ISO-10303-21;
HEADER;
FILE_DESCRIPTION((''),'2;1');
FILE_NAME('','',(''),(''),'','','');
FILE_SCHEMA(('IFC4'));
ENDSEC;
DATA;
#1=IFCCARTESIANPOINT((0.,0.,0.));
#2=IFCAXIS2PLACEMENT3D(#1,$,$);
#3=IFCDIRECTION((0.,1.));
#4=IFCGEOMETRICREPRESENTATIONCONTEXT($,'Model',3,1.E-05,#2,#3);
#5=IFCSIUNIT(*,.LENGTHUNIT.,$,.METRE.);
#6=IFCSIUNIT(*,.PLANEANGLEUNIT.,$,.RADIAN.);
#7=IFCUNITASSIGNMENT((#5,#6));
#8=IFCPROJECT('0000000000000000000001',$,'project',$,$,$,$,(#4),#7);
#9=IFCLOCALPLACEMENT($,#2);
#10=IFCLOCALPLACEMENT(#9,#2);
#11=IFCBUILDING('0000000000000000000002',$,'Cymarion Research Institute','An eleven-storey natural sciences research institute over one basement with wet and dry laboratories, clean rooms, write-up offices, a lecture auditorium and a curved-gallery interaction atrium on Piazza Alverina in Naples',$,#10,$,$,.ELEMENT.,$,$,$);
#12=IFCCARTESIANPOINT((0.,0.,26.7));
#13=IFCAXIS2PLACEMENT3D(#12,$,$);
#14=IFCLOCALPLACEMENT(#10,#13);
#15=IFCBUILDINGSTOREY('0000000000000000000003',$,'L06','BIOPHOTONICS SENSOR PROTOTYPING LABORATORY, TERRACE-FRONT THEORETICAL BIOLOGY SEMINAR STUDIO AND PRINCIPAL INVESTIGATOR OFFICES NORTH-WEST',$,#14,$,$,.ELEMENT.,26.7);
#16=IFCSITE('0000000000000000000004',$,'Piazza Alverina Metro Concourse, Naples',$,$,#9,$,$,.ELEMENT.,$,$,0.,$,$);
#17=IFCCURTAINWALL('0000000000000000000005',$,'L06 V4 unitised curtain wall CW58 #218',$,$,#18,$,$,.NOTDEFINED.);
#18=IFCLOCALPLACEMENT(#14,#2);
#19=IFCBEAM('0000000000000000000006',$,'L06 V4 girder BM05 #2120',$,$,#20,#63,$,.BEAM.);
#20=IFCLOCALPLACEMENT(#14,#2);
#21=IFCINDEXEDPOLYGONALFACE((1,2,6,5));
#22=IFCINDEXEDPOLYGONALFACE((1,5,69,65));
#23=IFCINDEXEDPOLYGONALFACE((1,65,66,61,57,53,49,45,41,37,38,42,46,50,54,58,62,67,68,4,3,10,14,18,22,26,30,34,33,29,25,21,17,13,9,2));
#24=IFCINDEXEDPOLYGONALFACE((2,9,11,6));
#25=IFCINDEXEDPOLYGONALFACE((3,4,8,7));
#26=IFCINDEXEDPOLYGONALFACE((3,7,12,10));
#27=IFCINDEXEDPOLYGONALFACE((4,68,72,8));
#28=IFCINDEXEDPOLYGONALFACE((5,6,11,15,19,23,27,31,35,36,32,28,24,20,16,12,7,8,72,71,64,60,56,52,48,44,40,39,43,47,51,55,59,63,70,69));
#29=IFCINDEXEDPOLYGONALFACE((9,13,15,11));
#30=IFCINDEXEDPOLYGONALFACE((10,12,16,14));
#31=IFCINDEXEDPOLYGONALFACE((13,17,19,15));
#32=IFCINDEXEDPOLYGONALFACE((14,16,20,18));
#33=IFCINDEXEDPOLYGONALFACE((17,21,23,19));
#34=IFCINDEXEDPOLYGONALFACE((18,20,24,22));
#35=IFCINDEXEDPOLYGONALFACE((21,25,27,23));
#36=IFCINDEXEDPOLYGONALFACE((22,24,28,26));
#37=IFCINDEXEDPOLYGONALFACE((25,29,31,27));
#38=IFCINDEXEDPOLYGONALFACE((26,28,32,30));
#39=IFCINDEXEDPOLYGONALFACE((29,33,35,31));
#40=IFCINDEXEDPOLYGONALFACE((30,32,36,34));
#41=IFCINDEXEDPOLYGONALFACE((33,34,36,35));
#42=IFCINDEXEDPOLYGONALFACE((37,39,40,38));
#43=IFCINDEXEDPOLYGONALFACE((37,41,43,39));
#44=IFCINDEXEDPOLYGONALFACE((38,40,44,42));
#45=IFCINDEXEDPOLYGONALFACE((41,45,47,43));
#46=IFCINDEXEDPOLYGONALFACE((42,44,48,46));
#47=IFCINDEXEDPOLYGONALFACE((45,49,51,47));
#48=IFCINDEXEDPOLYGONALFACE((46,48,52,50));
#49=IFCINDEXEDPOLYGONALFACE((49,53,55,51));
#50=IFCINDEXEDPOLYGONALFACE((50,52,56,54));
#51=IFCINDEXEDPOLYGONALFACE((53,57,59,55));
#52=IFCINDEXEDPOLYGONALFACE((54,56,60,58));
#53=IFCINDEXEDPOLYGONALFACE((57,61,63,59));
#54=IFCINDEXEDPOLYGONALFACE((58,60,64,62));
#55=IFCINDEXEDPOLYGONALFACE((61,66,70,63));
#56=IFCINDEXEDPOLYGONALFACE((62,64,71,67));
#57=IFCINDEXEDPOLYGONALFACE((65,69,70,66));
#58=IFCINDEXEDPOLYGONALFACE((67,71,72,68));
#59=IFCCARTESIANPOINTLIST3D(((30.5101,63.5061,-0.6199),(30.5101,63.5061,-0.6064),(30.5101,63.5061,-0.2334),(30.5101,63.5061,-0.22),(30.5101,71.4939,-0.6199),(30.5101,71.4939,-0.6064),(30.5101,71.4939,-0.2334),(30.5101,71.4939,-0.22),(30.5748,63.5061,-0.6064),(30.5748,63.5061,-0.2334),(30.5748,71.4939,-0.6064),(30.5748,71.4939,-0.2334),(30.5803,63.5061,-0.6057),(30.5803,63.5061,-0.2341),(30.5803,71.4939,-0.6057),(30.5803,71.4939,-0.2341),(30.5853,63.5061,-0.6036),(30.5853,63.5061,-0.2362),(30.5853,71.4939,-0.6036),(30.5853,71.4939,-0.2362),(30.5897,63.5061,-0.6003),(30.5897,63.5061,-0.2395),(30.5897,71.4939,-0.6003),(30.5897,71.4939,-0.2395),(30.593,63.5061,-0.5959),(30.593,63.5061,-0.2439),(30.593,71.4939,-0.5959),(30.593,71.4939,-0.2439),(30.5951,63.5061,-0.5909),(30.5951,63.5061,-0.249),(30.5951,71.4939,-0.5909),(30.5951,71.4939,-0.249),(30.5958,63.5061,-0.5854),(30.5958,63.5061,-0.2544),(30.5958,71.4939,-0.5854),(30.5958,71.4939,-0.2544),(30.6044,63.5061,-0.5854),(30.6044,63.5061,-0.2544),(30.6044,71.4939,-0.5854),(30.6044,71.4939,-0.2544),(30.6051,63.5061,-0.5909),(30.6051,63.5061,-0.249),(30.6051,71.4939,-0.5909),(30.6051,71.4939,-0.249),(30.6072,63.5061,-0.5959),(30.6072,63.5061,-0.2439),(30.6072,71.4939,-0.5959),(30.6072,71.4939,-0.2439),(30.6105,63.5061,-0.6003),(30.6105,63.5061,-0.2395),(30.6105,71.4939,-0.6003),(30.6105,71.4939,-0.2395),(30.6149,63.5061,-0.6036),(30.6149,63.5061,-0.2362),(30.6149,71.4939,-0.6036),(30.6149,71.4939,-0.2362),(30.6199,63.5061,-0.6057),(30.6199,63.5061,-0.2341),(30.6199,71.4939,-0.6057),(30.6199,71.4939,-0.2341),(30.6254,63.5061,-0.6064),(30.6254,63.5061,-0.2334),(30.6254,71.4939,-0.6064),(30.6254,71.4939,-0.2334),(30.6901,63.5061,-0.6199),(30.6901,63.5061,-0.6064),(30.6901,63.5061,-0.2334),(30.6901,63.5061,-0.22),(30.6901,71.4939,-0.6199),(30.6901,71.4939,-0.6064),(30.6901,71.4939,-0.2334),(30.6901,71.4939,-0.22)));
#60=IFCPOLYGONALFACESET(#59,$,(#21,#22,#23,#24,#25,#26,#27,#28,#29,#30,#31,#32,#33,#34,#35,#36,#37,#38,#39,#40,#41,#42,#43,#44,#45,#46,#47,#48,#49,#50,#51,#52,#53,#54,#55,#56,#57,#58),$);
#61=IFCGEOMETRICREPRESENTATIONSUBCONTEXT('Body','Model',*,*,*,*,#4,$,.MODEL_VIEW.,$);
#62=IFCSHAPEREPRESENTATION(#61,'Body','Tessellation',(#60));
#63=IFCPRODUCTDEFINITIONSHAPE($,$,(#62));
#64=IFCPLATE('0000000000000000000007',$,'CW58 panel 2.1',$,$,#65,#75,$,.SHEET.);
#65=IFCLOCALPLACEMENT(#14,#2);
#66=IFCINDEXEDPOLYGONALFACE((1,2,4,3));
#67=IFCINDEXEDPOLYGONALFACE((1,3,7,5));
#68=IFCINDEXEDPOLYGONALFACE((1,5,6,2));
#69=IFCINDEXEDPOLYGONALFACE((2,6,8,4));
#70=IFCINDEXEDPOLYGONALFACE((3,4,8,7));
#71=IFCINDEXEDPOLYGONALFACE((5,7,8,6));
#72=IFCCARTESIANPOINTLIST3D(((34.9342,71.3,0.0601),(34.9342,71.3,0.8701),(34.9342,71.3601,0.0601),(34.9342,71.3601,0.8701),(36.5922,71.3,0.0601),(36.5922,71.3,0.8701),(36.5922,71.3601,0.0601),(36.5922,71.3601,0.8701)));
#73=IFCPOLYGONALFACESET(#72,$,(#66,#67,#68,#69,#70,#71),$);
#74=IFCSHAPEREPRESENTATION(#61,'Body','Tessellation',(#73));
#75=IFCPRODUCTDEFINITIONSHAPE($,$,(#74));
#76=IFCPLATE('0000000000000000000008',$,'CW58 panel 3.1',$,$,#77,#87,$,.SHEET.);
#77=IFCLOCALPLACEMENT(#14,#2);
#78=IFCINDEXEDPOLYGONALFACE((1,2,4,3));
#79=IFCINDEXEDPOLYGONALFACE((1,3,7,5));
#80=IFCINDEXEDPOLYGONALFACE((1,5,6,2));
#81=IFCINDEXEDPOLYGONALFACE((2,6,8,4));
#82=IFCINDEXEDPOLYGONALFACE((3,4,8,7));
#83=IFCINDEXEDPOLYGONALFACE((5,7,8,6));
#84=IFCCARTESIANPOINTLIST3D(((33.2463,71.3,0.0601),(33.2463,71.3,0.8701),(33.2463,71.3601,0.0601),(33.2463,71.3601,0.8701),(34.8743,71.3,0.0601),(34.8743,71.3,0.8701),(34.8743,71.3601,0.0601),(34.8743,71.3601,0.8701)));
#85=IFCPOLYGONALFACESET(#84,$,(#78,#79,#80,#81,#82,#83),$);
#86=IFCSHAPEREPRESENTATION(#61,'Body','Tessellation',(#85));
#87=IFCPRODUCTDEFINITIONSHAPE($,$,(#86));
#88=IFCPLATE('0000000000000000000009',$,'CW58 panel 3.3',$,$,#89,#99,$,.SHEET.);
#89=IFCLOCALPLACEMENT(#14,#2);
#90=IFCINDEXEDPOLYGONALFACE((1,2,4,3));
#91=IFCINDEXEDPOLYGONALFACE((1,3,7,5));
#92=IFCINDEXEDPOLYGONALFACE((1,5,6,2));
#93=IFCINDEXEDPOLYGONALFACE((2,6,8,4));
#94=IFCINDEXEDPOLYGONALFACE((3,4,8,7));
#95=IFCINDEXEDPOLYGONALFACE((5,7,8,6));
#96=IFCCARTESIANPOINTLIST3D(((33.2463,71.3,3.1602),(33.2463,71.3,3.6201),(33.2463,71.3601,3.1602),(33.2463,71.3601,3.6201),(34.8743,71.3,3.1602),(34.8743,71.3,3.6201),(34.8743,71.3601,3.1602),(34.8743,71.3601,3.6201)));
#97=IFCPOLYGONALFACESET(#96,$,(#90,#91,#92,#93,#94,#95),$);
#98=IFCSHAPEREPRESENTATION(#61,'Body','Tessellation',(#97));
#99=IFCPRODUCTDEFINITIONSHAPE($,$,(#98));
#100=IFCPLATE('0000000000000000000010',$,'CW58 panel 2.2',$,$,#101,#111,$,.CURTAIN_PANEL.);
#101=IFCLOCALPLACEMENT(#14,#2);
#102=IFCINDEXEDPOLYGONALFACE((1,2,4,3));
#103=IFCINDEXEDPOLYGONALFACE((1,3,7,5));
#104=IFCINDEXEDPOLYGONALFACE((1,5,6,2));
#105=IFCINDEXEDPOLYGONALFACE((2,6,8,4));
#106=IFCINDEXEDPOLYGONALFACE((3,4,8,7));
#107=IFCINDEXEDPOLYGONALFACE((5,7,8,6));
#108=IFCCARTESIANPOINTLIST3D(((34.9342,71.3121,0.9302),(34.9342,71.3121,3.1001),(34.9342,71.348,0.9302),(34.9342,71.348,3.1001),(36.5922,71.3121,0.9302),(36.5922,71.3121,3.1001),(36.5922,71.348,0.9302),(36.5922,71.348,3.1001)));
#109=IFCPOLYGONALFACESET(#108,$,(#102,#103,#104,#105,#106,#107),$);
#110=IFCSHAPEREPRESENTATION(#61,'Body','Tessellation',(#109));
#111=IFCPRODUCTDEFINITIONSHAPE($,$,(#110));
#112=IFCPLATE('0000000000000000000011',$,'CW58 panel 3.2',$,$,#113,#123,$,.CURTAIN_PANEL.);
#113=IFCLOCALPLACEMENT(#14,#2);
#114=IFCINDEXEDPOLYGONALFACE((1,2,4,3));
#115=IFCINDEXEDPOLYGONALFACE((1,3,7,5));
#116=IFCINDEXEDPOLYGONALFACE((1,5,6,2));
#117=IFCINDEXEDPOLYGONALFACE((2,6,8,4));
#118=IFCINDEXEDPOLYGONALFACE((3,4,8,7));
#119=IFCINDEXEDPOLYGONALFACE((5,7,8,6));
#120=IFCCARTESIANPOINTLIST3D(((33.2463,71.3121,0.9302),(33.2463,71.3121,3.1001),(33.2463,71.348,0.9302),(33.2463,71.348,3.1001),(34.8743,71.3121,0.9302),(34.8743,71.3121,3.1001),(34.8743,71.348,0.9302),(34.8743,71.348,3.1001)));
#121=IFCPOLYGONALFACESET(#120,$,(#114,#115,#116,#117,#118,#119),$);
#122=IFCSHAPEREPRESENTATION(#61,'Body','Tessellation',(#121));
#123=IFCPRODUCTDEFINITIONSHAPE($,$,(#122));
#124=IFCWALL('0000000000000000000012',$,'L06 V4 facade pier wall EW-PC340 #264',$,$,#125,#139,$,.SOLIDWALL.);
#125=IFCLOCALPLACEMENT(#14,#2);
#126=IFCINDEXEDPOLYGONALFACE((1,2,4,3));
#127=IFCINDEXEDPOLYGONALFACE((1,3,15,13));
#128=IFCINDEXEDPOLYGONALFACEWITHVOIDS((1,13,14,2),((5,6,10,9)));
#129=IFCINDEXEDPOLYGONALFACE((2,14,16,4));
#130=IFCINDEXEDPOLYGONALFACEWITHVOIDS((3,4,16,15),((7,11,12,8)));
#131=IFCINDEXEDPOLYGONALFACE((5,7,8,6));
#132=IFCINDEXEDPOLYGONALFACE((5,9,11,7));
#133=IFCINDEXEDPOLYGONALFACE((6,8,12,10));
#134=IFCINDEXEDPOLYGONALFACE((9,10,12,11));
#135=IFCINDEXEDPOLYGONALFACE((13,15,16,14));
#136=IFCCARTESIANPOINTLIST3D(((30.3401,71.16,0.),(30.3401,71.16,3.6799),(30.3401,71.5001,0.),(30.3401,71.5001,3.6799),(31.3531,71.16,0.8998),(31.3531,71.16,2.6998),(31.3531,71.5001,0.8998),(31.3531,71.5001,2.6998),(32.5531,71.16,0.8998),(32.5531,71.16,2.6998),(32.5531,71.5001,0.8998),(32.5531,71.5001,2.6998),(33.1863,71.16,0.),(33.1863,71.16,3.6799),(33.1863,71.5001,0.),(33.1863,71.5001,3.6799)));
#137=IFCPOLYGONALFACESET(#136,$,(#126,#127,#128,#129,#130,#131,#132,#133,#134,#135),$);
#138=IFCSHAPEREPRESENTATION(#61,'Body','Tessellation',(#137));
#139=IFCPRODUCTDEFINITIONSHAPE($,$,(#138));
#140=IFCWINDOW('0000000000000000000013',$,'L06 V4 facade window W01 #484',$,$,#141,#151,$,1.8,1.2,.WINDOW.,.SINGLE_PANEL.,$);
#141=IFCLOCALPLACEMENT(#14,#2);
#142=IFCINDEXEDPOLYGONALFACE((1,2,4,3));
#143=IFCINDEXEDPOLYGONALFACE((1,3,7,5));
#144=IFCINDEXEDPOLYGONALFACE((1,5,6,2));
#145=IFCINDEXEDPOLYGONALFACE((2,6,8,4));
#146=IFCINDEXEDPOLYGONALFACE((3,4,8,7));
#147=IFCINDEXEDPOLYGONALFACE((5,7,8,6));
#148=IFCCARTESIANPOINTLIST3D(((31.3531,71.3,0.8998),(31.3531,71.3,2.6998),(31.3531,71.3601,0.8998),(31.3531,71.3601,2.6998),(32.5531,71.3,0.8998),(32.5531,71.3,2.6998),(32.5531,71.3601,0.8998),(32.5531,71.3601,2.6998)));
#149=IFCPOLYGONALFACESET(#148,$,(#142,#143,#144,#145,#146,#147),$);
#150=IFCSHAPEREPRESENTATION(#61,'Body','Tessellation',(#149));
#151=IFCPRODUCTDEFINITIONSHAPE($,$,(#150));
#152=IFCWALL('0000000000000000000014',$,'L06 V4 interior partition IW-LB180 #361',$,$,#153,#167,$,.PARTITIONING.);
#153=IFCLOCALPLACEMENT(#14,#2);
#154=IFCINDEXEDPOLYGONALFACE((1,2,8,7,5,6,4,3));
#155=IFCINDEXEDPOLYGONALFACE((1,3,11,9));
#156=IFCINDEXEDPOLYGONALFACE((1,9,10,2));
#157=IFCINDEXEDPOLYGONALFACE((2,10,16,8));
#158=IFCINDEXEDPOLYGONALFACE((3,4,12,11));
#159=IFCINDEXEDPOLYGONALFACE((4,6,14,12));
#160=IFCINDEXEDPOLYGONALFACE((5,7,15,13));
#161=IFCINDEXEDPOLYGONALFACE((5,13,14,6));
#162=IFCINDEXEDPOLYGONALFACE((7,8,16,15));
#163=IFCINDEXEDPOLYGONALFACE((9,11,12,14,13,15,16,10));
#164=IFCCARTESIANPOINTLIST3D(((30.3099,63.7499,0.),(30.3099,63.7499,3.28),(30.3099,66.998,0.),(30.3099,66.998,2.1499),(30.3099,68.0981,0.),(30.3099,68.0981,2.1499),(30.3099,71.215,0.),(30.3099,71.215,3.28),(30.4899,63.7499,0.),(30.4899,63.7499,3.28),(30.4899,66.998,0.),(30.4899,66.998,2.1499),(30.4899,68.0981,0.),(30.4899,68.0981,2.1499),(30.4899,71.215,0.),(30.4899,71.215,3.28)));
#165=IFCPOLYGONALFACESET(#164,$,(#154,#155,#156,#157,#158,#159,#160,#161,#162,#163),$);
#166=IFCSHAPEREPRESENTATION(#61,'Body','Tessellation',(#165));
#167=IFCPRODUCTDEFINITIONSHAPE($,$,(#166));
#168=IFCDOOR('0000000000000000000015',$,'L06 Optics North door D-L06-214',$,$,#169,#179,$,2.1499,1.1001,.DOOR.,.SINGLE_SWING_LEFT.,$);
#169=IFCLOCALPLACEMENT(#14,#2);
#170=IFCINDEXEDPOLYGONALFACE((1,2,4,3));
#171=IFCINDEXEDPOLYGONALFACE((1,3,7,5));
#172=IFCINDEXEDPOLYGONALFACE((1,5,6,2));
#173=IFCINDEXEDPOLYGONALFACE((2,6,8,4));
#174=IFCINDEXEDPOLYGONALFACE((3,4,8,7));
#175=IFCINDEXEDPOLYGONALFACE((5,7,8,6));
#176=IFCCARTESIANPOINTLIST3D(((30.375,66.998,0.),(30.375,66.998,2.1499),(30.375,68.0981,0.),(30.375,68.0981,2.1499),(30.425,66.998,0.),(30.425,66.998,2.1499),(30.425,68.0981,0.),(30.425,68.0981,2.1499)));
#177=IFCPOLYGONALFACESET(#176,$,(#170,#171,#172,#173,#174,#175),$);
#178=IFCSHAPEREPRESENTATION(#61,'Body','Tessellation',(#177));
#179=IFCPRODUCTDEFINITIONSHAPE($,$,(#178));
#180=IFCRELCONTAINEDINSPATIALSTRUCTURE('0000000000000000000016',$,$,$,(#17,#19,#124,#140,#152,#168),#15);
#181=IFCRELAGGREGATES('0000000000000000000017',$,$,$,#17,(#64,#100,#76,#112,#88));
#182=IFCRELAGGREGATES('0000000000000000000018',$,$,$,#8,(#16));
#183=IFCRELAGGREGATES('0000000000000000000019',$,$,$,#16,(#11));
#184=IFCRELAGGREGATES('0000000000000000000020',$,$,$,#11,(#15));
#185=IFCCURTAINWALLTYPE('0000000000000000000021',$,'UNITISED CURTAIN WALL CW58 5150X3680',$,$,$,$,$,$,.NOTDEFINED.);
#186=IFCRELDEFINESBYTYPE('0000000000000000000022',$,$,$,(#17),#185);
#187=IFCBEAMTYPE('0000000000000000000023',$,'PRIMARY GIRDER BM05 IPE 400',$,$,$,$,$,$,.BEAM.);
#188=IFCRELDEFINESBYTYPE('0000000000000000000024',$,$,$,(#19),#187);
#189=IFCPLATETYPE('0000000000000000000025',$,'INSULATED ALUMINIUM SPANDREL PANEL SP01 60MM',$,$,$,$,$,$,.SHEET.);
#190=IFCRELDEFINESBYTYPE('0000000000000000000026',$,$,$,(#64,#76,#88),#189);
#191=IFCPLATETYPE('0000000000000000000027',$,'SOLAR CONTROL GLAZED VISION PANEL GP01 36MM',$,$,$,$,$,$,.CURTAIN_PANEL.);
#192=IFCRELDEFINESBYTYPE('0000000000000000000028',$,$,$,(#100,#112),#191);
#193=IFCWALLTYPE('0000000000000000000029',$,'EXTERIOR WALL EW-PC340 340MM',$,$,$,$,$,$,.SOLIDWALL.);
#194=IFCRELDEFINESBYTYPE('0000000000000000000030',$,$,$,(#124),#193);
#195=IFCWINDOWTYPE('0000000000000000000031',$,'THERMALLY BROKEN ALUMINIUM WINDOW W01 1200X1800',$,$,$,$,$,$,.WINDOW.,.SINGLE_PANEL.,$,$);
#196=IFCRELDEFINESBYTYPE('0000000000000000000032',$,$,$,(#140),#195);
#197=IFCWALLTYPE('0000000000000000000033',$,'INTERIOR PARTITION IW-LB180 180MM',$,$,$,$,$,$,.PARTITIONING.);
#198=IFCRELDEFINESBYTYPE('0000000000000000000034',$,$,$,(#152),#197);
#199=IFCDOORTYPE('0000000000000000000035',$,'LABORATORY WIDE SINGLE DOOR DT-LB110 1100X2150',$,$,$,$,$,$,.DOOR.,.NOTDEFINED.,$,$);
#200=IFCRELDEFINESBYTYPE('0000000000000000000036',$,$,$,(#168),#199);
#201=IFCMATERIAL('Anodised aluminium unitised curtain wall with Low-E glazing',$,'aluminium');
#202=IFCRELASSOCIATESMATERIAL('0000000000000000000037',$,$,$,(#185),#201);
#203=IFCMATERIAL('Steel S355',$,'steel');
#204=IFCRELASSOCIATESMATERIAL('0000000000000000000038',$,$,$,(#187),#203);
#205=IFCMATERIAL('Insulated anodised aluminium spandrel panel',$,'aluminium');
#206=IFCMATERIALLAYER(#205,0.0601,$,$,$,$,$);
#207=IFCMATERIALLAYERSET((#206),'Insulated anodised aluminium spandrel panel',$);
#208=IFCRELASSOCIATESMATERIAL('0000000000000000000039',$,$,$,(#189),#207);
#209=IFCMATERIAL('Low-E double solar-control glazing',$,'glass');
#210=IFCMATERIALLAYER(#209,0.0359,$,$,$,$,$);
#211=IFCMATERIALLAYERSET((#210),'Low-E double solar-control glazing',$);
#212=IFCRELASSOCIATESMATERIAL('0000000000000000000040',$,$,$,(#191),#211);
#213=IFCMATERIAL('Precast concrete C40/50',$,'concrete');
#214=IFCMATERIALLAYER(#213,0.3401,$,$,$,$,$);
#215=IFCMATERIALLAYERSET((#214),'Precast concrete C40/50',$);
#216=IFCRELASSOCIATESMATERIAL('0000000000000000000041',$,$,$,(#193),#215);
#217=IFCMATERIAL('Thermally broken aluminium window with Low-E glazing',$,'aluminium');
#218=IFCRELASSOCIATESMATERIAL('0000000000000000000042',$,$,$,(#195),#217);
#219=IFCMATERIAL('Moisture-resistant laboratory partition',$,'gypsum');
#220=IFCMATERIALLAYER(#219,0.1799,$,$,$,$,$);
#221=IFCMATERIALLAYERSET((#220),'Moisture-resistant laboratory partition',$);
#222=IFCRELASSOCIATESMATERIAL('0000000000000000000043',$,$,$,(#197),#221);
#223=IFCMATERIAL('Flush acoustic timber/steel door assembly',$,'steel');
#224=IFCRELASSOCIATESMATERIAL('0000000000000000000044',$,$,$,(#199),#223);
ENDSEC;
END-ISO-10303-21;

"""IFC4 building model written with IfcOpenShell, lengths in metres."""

from ifc_helpers import new_model, si_unit, direction, frame, frame_2d, origin, origin_2d, place, context, subcontext, project, spatial, rectangle, i_section, extrude, material, layer, layer_set, material_profile, profile_set, type_object, element, fill, aggregate, save


model = new_model("IFC4")

# Units and contexts
model_context = context("Model", 3, precision=1e-05, world=origin(), true_north=direction((0.0, 1.0)))
body_context = subcontext(model_context, "Body", "Model", "MODEL_VIEW")
ifc_project = project(units=[si_unit("LENGTHUNIT", "METRE"), si_unit("PLANEANGLEUNIT", "RADIAN")], contexts=[model_context])

# Site, building, storey
site_placement = place(None, origin())
site = spatial("IfcSite", under=ifc_project, at=site_placement, Name="Piazza Alverina Metro Concourse, Naples", CompositionType="ELEMENT", RefElevation=0.0)
building_placement = place(site_placement, origin())
building = spatial("IfcBuilding", under=site, at=building_placement, Name="Cymarion Research Institute", Description="An eleven-storey natural sciences research institute over one basement with wet and dry laboratories, clean rooms, write-up offices, a lecture auditorium and a curved-gallery interaction atrium on Piazza Alverina in Naples", CompositionType="ELEMENT")
storey_placement = place(building_placement, frame((0.0, 0.0, 26.7)))
storey = spatial("IfcBuildingStorey", under=building, at=storey_placement, Name="L06", Description="BIOPHOTONICS SENSOR PROTOTYPING LABORATORY, TERRACE-FRONT THEORETICAL BIOLOGY SEMINAR STUDIO AND PRINCIPAL INVESTIGATOR OFFICES NORTH-WEST", CompositionType="ELEMENT", Elevation=26.7)

# Curtain wall
ifc_material_1 = material(Name="Anodised aluminium unitised curtain wall with Low-E glazing", Category="aluminium")
curtain_wall_type = type_object("IfcCurtainWallType", Name="UNITISED CURTAIN WALL CW58 5150X3680", PredefinedType="NOTDEFINED", material=ifc_material_1)
curtain_wall_placement = place(storey_placement, origin())
curtain_wall = element("IfcCurtainWall", 1, at=curtain_wall_placement, inside=storey, type_object=curtain_wall_type, Name="L06 V4 unitised curtain wall CW58 #218", PredefinedType="NOTDEFINED")

# Beam
ifc_material_2 = material(Name="Steel S355", Category="steel")
ifc_material_profile_1 = material_profile(ifc_material_2, i_section(OverallWidth=0.1799, OverallDepth=0.3999, WebThickness=0.0085, FlangeThickness=0.0134, FilletRadius=0.021, at=origin_2d()), Name="IPE 400")
ifc_profile_set_1 = profile_set([ifc_material_profile_1], Name="Steel S355")
beam_type_1 = type_object("IfcBeamType", Name="PRIMARY GIRDER BM05 IPE 400", PredefinedType="BEAM", material=ifc_profile_set_1)
beam_1_placement = place(storey_placement, frame((30.6001, 63.5061, -0.4199), z_axis=(0.0, 1.0, 0.0), x_axis=(-1.0, 0.0, 0.0)))
element("IfcBeam", 2, at=beam_1_placement, inside=storey, type_object=beam_type_1, Name="L06 V4 girder BM05 #2120", PredefinedType="BEAM", context=body_context, shape_type="SweptSolid", body=[
    extrude(i_section(OverallWidth=0.1799, OverallDepth=0.3999, WebThickness=0.0085, FlangeThickness=0.0134, FilletRadius=0.021, at=origin_2d()), origin(), (0.0, 0.0, 1.0), 7.9878),
])

# Plates
ifc_material_3 = material(Name="Insulated anodised aluminium spandrel panel", Category="aluminium")
ifc_layer_1 = layer(ifc_material_3, 0.0601)
ifc_layer_set_1 = layer_set([ifc_layer_1], Name="Insulated anodised aluminium spandrel panel")
plate_type_1 = type_object("IfcPlateType", Name="INSULATED ALUMINIUM SPANDREL PANEL SP01 60MM", PredefinedType="SHEET", material=ifc_layer_set_1)
plate_1_placement = place(storey_placement, frame((35.7632, 71.3301, 0.0601), z_axis=(0.0, 0.0, 1.0), x_axis=(-1.0, 0.0, 0.0)))
plate_1 = element("IfcPlate", 3, at=plate_1_placement, type_object=plate_type_1, Name="CW58 panel 2.1", PredefinedType="SHEET", context=body_context, shape_type="SweptSolid", body=[
    extrude(rectangle(XDim=1.658, YDim=0.0601, at=origin_2d()), origin(), (0.0, 0.0, 1.0), 0.8101),
])
plate_2_placement = place(storey_placement, frame((34.0603, 71.3301, 0.0601), z_axis=(0.0, 0.0, 1.0), x_axis=(-1.0, 0.0, 0.0)))
plate_2 = element("IfcPlate", 4, at=plate_2_placement, type_object=plate_type_1, Name="CW58 panel 3.1", PredefinedType="SHEET", context=body_context, shape_type="SweptSolid", body=[
    extrude(rectangle(XDim=1.6279, YDim=0.0601, at=origin_2d()), origin(), (0.0, 0.0, 1.0), 0.8101),
])
plate_3_placement = place(storey_placement, frame((34.0603, 71.3301, 3.1602), z_axis=(0.0, 0.0, 1.0), x_axis=(-1.0, 0.0, 0.0)))
plate_3 = element("IfcPlate", 5, at=plate_3_placement, type_object=plate_type_1, Name="CW58 panel 3.3", PredefinedType="SHEET", context=body_context, shape_type="SweptSolid", body=[
    extrude(rectangle(XDim=1.6279, YDim=0.0601, at=origin_2d()), origin(), (0.0, 0.0, 1.0), 0.46),
])
ifc_material_4 = material(Name="Low-E double solar-control glazing", Category="glass")
ifc_layer_2 = layer(ifc_material_4, 0.0359)
ifc_layer_set_2 = layer_set([ifc_layer_2], Name="Low-E double solar-control glazing")
plate_type_2 = type_object("IfcPlateType", Name="SOLAR CONTROL GLAZED VISION PANEL GP01 36MM", PredefinedType="CURTAIN_PANEL", material=ifc_layer_set_2)
plate_4_placement = place(storey_placement, frame((35.7632, 71.3301, 0.9302), z_axis=(0.0, 0.0, 1.0), x_axis=(-1.0, 0.0, 0.0)))
plate_4 = element("IfcPlate", 6, at=plate_4_placement, type_object=plate_type_2, Name="CW58 panel 2.2", PredefinedType="CURTAIN_PANEL", context=body_context, shape_type="SweptSolid", body=[
    extrude(rectangle(XDim=1.658, YDim=0.0359, at=origin_2d()), origin(), (0.0, 0.0, 1.0), 2.1699),
])
plate_5_placement = place(storey_placement, frame((34.0603, 71.3301, 0.9302), z_axis=(0.0, 0.0, 1.0), x_axis=(-1.0, 0.0, 0.0)))
plate_5 = element("IfcPlate", 7, at=plate_5_placement, type_object=plate_type_2, Name="CW58 panel 3.2", PredefinedType="CURTAIN_PANEL", context=body_context, shape_type="SweptSolid", body=[
    extrude(rectangle(XDim=1.6279, YDim=0.0359, at=origin_2d()), origin(), (0.0, 0.0, 1.0), 2.1699),
])
aggregate(curtain_wall, [plate_1, plate_4, plate_2, plate_5, plate_3])

# Wall, opening, window
ifc_material_5 = material(Name="Precast concrete C40/50", Category="concrete")
ifc_layer_3 = layer(ifc_material_5, 0.3401)
ifc_layer_set_3 = layer_set([ifc_layer_3], Name="Precast concrete C40/50")
wall_type_1 = type_object("IfcWallType", Name="EXTERIOR WALL EW-PC340 340MM", PredefinedType="SOLIDWALL", material=ifc_layer_set_3)
wall_1_placement = place(storey_placement, frame((33.1863, 71.3301, 0.0), z_axis=(0.0, 0.0, 1.0), x_axis=(-1.0, 0.0, 0.0)))
wall_1 = element("IfcWall", 8, at=wall_1_placement, inside=storey, type_object=wall_type_1, Name="L06 V4 facade pier wall EW-PC340 #264", PredefinedType="SOLIDWALL", context=body_context, shape_type="SweptSolid", body=[
    extrude(rectangle(XDim=2.8462, YDim=0.3401, at=frame_2d((1.4231, 0.0))), origin(), (0.0, 0.0, 1.0), 3.6799),
])
opening_1_placement = place(wall_1_placement, frame((0.6331, 0.0, 0.8999)))
opening_1 = element("IfcOpeningElement", 9, at=opening_1_placement, cuts=wall_1, PredefinedType="OPENING", context=body_context, shape_type="SweptSolid", body=[
    extrude(rectangle(XDim=1.2, YDim=1.8, at=frame_2d((0.6001, 0.8999))), frame((0.0, 0.1799, 0.0), z_axis=(0.0, -1.0, 0.0), x_axis=(1.0, 0.0, 0.0)), (0.0, 0.0, 1.0), 0.3601),
])
ifc_material_6 = material(Name="Thermally broken aluminium window with Low-E glazing", Category="aluminium")
window_type = type_object("IfcWindowType", Name="THERMALLY BROKEN ALUMINIUM WINDOW W01 1200X1800", PartitioningType="SINGLE_PANEL", PredefinedType="WINDOW", material=ifc_material_6)
window_placement = place(opening_1_placement, origin())
window = element("IfcWindow", 10, at=window_placement, inside=storey, type_object=window_type, Name="L06 V4 facade window W01 #484", OverallHeight=1.8, OverallWidth=1.2, PartitioningType="SINGLE_PANEL", PredefinedType="WINDOW", context=body_context, shape_type="SweptSolid", body=[
    extrude(rectangle(XDim=1.2, YDim=1.8, at=frame_2d((0.6001, 0.8999))), frame((0.0, 0.03, 0.0), z_axis=(0.0, -1.0, 0.0), x_axis=(1.0, 0.0, 0.0)), (0.0, 0.0, 1.0), 0.0601),
])
fill(opening_1, window)

# Wall, opening, door
ifc_material_7 = material(Name="Moisture-resistant laboratory partition", Category="gypsum")
ifc_layer_4 = layer(ifc_material_7, 0.1799)
ifc_layer_set_4 = layer_set([ifc_layer_4], Name="Moisture-resistant laboratory partition")
wall_type_2 = type_object("IfcWallType", Name="INTERIOR PARTITION IW-LB180 180MM", PredefinedType="PARTITIONING", material=ifc_layer_set_4)
wall_2_placement = place(storey_placement, frame((30.3999, 63.75, 0.0), z_axis=(0.0, 0.0, 1.0), x_axis=(0.0, 1.0, 0.0)))
wall_2 = element("IfcWall", 11, at=wall_2_placement, inside=storey, type_object=wall_type_2, Name="L06 V4 interior partition IW-LB180 #361", PredefinedType="PARTITIONING", context=body_context, shape_type="SweptSolid", body=[
    extrude(rectangle(XDim=7.4651, YDim=0.1799, at=frame_2d((3.7324, 0.0))), origin(), (0.0, 0.0, 1.0), 3.28),
])
opening_2_placement = place(wall_2_placement, frame((3.248, 0.0, 0.0)))
opening_2 = element("IfcOpeningElement", 12, at=opening_2_placement, cuts=wall_2, PredefinedType="OPENING", context=body_context, shape_type="SweptSolid", body=[
    extrude(rectangle(XDim=1.1001, YDim=2.1499, at=frame_2d((0.55, 1.075))), frame((0.0, 0.0999, 0.0), z_axis=(0.0, -1.0, 0.0), x_axis=(1.0, 0.0, 0.0)), (0.0, 0.0, 1.0), 0.2),
])
ifc_material_8 = material(Name="Flush acoustic timber/steel door assembly", Category="steel")
door_type_1 = type_object("IfcDoorType", Name="LABORATORY WIDE SINGLE DOOR DT-LB110 1100X2150", OperationType="NOTDEFINED", PredefinedType="DOOR", material=ifc_material_8)
door_1_placement = place(opening_2_placement, origin())
door_1 = element("IfcDoor", 13, at=door_1_placement, inside=storey, type_object=door_type_1, Name="L06 Optics North door D-L06-214", OperationType="SINGLE_SWING_LEFT", OverallHeight=2.1499, OverallWidth=1.1001, PredefinedType="DOOR", context=body_context, shape_type="SweptSolid", body=[
    extrude(rectangle(XDim=1.1001, YDim=2.1499, at=frame_2d((0.55, 1.075))), frame((0.0, 0.0249, 0.0), z_axis=(0.0, -1.0, 0.0), x_axis=(1.0, 0.0, 0.0)), (0.0, 0.0, 1.0), 0.05),
])
fill(opening_2, door_1)

save(model, "model.ifc")
